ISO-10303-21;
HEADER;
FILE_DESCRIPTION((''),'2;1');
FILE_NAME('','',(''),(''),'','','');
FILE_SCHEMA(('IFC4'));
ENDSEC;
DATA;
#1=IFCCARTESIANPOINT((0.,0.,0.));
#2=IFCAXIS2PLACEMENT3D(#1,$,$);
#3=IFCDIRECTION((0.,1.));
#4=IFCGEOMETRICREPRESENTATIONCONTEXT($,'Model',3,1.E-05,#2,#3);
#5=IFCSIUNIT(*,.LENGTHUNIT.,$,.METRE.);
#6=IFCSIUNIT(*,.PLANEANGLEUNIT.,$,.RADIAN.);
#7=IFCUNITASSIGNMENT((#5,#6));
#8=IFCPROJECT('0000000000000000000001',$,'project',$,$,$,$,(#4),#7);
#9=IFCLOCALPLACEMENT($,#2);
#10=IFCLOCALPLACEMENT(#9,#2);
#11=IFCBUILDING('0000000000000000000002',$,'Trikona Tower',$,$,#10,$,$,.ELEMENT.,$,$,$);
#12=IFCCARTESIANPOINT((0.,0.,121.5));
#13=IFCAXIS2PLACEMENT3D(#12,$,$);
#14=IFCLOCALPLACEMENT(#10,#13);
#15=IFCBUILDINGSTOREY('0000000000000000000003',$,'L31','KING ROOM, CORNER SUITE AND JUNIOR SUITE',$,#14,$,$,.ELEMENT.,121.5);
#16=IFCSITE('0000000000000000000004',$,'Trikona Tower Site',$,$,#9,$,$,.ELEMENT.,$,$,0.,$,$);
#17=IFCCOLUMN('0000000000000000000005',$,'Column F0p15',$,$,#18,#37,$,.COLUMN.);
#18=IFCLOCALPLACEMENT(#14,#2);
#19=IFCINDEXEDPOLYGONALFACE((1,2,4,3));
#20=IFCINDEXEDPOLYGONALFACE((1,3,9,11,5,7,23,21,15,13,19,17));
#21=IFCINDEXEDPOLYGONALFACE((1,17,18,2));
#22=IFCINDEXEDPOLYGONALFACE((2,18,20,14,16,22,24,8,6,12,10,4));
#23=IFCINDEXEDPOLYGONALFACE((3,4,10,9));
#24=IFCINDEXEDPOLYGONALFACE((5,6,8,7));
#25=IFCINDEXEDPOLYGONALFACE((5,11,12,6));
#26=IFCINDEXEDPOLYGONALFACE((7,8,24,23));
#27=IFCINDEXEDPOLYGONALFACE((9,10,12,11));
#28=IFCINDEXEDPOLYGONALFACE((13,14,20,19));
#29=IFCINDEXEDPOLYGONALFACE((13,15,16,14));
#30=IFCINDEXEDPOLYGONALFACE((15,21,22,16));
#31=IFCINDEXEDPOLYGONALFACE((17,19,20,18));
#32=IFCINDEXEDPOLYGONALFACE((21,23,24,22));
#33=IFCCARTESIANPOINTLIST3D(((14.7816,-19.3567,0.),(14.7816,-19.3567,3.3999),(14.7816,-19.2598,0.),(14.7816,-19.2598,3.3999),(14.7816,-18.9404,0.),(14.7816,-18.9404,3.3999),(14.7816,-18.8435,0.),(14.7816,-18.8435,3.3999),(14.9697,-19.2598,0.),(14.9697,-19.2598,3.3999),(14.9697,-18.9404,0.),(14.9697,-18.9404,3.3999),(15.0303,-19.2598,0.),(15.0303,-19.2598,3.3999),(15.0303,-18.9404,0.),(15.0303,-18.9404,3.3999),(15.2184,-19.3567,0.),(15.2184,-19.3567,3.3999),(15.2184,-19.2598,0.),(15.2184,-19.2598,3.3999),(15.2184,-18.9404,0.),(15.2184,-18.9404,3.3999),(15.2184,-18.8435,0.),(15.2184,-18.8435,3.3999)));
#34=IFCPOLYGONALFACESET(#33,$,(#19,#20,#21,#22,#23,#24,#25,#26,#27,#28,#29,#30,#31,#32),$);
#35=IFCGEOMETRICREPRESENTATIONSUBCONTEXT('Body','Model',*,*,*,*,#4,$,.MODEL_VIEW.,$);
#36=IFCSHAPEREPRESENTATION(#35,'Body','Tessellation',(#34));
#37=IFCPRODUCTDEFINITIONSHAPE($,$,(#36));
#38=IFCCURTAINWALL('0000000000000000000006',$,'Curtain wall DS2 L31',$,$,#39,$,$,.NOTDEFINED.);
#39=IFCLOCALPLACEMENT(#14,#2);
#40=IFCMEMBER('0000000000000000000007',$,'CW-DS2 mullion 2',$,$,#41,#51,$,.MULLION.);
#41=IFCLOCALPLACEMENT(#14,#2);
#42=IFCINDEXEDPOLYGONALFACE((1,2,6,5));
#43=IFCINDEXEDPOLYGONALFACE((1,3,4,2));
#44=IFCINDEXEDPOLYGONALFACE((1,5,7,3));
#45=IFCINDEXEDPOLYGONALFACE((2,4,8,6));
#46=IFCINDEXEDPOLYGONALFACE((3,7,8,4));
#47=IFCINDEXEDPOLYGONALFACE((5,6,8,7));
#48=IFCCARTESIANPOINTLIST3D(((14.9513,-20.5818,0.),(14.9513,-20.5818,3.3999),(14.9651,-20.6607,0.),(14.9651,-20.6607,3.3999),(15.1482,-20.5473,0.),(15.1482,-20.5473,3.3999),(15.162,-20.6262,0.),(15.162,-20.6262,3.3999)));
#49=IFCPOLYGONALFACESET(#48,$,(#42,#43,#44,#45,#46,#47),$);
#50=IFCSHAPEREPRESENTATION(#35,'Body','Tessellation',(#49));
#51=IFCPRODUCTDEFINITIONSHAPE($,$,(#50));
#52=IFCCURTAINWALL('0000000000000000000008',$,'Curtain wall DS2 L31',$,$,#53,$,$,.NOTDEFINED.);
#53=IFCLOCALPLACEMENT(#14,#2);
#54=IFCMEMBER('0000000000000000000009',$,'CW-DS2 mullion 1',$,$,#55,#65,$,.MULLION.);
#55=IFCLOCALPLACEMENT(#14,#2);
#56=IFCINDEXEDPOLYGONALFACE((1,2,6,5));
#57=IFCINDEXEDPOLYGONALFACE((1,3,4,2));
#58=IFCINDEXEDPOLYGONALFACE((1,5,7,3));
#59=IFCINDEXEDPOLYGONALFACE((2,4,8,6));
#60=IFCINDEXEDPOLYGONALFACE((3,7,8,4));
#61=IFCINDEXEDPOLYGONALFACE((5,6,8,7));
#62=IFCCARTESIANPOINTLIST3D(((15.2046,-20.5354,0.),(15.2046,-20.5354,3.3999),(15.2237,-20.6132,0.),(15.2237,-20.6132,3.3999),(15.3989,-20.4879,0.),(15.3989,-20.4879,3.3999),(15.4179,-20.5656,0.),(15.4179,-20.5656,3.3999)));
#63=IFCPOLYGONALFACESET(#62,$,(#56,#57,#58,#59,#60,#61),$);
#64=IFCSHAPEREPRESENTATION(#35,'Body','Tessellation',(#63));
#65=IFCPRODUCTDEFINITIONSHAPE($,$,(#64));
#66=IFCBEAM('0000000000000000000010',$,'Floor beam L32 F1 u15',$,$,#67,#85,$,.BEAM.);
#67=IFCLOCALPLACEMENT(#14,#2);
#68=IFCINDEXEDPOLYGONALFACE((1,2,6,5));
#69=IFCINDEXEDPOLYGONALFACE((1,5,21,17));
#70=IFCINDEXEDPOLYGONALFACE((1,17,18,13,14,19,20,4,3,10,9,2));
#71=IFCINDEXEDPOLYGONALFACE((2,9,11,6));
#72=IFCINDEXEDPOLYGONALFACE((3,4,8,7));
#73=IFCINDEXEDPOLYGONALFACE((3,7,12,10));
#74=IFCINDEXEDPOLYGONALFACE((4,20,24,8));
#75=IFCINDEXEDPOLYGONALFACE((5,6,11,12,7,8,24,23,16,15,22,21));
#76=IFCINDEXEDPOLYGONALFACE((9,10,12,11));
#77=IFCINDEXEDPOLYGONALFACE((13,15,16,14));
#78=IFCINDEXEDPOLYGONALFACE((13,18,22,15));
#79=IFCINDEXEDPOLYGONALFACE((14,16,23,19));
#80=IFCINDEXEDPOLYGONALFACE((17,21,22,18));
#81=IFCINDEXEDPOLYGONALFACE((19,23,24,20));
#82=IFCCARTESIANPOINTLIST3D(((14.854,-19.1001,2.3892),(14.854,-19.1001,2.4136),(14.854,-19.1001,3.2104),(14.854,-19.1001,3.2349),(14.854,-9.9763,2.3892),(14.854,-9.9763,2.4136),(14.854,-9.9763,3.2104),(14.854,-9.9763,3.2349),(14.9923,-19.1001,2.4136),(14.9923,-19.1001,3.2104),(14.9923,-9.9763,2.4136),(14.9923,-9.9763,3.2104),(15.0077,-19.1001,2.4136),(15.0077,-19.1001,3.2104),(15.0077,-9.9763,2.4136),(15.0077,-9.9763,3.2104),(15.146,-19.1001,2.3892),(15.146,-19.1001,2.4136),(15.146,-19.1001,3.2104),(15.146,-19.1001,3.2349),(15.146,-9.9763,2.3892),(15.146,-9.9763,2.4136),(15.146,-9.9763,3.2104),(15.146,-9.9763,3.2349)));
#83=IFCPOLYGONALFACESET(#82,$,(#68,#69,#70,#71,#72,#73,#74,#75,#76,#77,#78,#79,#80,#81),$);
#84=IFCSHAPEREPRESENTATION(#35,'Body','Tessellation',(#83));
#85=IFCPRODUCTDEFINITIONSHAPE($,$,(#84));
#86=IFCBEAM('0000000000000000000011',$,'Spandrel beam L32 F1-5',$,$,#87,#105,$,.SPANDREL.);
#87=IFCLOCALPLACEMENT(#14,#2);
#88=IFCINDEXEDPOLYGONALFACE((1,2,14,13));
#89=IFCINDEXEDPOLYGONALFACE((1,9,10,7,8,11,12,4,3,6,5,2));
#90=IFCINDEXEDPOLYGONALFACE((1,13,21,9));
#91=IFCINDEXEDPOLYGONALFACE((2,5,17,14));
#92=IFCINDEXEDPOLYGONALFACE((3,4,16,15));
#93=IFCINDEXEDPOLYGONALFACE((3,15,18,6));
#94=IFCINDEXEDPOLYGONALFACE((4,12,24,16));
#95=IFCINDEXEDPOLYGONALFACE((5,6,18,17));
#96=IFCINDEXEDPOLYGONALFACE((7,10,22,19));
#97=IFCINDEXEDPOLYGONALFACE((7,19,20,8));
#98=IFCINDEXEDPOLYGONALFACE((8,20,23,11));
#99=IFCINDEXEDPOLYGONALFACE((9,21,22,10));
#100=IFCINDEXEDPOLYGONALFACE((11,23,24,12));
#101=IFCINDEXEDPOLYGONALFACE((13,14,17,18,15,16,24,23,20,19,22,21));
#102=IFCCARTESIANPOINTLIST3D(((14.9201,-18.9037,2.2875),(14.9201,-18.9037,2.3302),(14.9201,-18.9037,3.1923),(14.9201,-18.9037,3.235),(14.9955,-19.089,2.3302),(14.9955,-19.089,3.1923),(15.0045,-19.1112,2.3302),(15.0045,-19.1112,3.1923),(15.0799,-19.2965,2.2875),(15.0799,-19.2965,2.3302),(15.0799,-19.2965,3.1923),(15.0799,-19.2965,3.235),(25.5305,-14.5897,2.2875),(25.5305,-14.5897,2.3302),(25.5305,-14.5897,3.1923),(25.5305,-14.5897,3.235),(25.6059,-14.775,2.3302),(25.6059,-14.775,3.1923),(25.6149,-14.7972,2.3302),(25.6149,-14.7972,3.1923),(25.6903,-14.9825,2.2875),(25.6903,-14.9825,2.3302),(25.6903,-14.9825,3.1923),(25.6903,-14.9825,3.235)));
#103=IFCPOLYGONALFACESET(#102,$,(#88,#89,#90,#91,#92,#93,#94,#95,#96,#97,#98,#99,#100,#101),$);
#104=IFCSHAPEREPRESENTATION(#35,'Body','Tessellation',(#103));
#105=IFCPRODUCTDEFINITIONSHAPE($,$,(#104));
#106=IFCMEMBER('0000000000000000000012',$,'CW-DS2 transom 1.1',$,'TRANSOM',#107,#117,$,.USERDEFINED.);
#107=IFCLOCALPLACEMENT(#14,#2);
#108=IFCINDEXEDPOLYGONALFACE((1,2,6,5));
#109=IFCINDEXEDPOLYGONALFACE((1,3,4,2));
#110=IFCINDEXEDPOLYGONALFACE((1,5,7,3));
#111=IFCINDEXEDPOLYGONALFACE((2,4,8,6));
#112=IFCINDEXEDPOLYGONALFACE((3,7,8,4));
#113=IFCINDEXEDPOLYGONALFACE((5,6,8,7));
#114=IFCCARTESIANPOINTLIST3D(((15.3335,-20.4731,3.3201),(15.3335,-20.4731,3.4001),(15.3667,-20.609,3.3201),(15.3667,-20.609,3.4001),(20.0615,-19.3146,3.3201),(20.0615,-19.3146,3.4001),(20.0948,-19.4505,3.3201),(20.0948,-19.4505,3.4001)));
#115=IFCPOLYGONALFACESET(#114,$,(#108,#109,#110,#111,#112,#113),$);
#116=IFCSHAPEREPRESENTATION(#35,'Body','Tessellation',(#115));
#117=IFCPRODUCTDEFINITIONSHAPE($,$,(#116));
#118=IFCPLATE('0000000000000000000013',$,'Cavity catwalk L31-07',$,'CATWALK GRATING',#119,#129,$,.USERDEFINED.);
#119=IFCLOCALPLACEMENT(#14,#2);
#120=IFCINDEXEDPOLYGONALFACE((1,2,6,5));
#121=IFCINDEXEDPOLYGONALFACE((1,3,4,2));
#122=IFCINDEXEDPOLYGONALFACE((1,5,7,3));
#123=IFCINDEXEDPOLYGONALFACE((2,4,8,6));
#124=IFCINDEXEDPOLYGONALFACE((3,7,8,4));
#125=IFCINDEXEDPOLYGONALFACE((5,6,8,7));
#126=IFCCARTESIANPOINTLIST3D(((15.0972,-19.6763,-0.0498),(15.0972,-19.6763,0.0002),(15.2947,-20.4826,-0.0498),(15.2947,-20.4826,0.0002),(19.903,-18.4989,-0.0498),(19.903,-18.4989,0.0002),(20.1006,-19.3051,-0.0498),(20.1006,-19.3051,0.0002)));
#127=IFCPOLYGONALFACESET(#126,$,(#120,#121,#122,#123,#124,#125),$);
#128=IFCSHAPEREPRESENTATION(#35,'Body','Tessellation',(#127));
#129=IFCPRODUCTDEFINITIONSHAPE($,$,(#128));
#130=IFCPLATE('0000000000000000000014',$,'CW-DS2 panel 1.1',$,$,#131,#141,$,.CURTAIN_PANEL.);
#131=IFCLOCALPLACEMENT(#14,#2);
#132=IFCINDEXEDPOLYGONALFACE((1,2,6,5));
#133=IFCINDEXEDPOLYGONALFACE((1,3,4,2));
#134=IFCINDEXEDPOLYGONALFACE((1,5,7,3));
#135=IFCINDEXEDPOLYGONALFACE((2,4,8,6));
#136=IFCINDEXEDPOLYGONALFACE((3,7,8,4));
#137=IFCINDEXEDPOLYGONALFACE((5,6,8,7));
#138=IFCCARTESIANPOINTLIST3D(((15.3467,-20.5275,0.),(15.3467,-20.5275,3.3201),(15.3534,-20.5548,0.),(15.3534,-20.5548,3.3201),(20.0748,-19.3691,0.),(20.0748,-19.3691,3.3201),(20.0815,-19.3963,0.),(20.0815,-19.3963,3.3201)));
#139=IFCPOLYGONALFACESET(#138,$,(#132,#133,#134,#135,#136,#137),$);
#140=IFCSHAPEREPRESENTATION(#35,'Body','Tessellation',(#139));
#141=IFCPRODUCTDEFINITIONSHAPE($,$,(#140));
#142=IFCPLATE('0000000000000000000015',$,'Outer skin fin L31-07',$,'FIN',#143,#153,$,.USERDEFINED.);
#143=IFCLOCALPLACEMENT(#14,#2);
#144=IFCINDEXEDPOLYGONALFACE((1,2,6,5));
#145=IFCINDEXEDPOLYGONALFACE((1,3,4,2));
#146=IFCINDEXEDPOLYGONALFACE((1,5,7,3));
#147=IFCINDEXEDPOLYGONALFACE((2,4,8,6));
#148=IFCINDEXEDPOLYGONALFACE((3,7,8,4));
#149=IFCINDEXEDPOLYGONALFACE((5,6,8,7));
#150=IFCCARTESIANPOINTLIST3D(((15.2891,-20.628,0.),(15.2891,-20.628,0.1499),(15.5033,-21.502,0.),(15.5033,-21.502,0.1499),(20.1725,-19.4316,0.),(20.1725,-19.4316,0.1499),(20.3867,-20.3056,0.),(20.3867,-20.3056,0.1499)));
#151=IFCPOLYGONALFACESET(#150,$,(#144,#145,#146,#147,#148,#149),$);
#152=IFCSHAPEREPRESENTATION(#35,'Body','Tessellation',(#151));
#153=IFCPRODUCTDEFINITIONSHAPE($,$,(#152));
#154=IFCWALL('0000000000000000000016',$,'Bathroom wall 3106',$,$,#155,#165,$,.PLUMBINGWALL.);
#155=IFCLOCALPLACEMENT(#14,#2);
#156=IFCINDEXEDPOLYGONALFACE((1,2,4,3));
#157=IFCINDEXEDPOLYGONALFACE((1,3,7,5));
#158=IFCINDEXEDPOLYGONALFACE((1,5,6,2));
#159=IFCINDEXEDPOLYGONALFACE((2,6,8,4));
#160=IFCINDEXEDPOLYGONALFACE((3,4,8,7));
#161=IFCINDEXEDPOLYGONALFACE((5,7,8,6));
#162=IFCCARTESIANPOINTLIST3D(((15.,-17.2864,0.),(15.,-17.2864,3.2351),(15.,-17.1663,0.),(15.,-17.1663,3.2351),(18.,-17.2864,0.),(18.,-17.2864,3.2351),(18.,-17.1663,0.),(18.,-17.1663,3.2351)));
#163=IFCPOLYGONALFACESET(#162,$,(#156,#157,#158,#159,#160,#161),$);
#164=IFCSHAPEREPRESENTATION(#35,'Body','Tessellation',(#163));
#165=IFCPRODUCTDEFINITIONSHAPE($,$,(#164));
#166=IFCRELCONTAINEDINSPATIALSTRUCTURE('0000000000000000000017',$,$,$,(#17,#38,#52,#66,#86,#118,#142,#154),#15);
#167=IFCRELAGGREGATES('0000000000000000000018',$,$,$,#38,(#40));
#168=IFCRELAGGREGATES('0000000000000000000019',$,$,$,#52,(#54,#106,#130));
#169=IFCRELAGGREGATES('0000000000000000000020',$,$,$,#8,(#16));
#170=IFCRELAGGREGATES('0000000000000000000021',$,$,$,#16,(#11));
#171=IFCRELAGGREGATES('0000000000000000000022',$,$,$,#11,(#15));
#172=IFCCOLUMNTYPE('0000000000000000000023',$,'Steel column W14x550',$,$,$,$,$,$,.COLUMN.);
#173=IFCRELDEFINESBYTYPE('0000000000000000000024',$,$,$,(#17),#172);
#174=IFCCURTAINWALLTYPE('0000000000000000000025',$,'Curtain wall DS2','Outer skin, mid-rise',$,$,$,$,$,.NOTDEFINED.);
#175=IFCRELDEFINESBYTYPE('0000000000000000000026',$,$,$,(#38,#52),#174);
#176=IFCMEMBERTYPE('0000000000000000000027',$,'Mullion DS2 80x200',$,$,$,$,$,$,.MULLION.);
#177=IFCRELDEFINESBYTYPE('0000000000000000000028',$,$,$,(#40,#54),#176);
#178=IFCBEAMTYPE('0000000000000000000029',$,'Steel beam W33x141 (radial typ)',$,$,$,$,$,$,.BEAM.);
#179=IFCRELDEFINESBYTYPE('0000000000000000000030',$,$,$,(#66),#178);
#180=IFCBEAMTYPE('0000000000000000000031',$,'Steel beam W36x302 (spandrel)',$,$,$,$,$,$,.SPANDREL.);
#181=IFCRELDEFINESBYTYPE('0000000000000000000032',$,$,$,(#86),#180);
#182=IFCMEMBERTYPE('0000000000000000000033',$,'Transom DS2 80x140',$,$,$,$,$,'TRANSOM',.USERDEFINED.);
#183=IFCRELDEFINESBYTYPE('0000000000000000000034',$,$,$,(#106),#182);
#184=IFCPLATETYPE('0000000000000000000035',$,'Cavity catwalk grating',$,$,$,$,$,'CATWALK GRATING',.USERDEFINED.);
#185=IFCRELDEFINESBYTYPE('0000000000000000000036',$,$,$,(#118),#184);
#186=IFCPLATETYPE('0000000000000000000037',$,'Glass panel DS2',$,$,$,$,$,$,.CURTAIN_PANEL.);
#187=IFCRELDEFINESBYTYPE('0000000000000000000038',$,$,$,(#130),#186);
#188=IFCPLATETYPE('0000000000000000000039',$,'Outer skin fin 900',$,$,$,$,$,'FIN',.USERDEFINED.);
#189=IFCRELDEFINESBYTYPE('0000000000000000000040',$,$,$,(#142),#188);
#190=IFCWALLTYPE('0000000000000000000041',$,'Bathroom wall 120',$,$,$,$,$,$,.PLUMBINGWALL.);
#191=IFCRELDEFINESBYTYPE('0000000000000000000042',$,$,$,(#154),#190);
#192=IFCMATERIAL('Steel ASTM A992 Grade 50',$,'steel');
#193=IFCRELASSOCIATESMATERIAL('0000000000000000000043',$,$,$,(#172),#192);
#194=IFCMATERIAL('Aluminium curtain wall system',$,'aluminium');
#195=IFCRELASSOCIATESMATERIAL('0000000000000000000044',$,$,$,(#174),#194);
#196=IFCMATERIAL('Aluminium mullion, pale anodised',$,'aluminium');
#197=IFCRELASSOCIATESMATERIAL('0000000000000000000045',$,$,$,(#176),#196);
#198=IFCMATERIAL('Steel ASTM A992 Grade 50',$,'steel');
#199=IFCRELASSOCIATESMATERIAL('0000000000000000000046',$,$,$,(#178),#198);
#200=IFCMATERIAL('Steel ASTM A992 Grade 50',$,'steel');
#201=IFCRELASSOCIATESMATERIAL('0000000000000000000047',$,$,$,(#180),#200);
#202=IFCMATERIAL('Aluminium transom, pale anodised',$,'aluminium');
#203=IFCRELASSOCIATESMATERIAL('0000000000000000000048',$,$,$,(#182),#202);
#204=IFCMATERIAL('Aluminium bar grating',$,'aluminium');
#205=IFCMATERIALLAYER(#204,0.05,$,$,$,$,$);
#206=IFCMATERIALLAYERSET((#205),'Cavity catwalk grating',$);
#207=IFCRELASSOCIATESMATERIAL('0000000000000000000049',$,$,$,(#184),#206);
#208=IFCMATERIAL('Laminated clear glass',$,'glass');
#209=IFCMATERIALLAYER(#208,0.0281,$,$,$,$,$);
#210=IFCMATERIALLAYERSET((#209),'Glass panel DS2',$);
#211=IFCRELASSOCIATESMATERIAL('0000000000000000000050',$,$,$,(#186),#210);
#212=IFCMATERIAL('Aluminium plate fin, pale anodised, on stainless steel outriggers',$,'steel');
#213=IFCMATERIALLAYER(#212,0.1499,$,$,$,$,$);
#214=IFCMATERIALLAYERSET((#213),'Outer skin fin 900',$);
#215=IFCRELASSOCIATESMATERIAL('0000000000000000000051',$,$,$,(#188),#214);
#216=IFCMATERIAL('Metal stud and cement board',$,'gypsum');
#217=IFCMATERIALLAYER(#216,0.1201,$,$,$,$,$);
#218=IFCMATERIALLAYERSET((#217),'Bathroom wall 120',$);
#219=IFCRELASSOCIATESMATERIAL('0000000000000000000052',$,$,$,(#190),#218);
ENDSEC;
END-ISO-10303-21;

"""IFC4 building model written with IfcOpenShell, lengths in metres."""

from ifc_helpers import new_model, si_unit, direction, frame, frame_2d, origin, origin_2d, place, context, subcontext, project, spatial, rectangle, i_section, extrude, material, layer, layer_set, material_profile, profile_set, type_object, element, aggregate, save


model = new_model("IFC4")

# Units and contexts
model_context = context("Model", 3, precision=1e-05, world=origin(), true_north=direction((0.0, 1.0)))
body_context = subcontext(model_context, "Body", "Model", "MODEL_VIEW")
ifc_project = project(units=[si_unit("LENGTHUNIT", "METRE"), si_unit("PLANEANGLEUNIT", "RADIAN")], contexts=[model_context])

# Site, building, storey
site_placement = place(None, origin())
site = spatial("IfcSite", under=ifc_project, at=site_placement, Name="Trikona Tower Site", CompositionType="ELEMENT", RefElevation=0.0)
building_placement = place(site_placement, origin())
building = spatial("IfcBuilding", under=site, at=building_placement, Name="Trikona Tower", CompositionType="ELEMENT")
storey_placement = place(building_placement, frame((0.0, 0.0, 121.5)))
storey = spatial("IfcBuildingStorey", under=building, at=storey_placement, Name="L31", Description="KING ROOM, CORNER SUITE AND JUNIOR SUITE", CompositionType="ELEMENT", Elevation=121.5)

# Column
ifc_material_1 = material(Name="Steel ASTM A992 Grade 50", Category="steel")
ifc_material_profile_1 = material_profile(ifc_material_1, i_section(OverallWidth=0.4368, OverallDepth=0.5132, WebThickness=0.0605, FlangeThickness=0.0969, at=origin_2d()), Name="W14X550")
ifc_profile_set_1 = profile_set([ifc_material_profile_1], Name="Steel ASTM A992 Grade 50")
column_type = type_object("IfcColumnType", Name="Steel column W14x550", PredefinedType="COLUMN", material=ifc_profile_set_1)
column_placement = place(storey_placement, frame((15.0, -19.1001, 0.0), z_axis=(0.0, 0.0, 1.0), x_axis=(1.0, 0.0, 0.0)))
element("IfcColumn", 1, at=column_placement, inside=storey, type_object=column_type, Name="Column F0p15", PredefinedType="COLUMN", context=body_context, shape_type="SweptSolid", body=[
    extrude(i_section(OverallWidth=0.4368, OverallDepth=0.5132, WebThickness=0.0605, FlangeThickness=0.0969, at=origin_2d()), origin(), (0.0, 0.0, 1.0), 3.3999),
])

# Curtain walls, members
ifc_material_2 = material(Name="Aluminium curtain wall system", Category="aluminium")
curtain_wall_type = type_object("IfcCurtainWallType", Name="Curtain wall DS2", Description="Outer skin, mid-rise", PredefinedType="NOTDEFINED", material=ifc_material_2)
curtain_wall_1_placement = place(storey_placement, origin())
curtain_wall_1 = element("IfcCurtainWall", 2, at=curtain_wall_1_placement, inside=storey, type_object=curtain_wall_type, Name="Curtain wall DS2 L31", PredefinedType="NOTDEFINED")
ifc_material_3 = material(Name="Aluminium mullion, pale anodised", Category="aluminium")
ifc_material_profile_2 = material_profile(ifc_material_3, rectangle(XDim=0.0801, YDim=0.2, at=origin_2d()), Name="MUL-DS2")
ifc_profile_set_2 = profile_set([ifc_material_profile_2], Name="Aluminium mullion, pale anodised")
member_type_1 = type_object("IfcMemberType", Name="Mullion DS2 80x200", PredefinedType="MULLION", material=ifc_profile_set_2)
member_1_placement = place(storey_placement, frame((15.0566, -20.604, 0.0), z_axis=(0.0, 0.0, 1.0), x_axis=(-0.172377, 0.985031, 0.0)))
member_1 = element("IfcMember", 3, at=member_1_placement, type_object=member_type_1, Name="CW-DS2 mullion 2", PredefinedType="MULLION", context=body_context, shape_type="SweptSolid", body=[
    extrude(rectangle(XDim=0.0801, YDim=0.2, at=origin_2d()), origin(), (0.0, 0.0, 1.0), 3.3999),
])
aggregate(curtain_wall_1, [member_1])
curtain_wall_2_placement = place(storey_placement, origin())
curtain_wall_2 = element("IfcCurtainWall", 4, at=curtain_wall_2_placement, inside=storey, type_object=curtain_wall_type, Name="Curtain wall DS2 L31", PredefinedType="NOTDEFINED")
member_2_placement = place(storey_placement, frame((15.3113, -20.5505, 0.0), z_axis=(0.0, 0.0, 1.0), x_axis=(-0.23797, 0.971272, 0.0)))
member_2 = element("IfcMember", 5, at=member_2_placement, type_object=member_type_1, Name="CW-DS2 mullion 1", PredefinedType="MULLION", context=body_context, shape_type="SweptSolid", body=[
    extrude(rectangle(XDim=0.0801, YDim=0.2, at=origin_2d()), origin(), (0.0, 0.0, 1.0), 3.3999),
])

# Beams
ifc_material_4 = material(Name="Steel ASTM A992 Grade 50", Category="steel")
ifc_material_profile_3 = material_profile(ifc_material_4, i_section(OverallWidth=0.292, OverallDepth=0.8457, WebThickness=0.0154, FlangeThickness=0.0244, at=origin_2d()), Name="W33X141")
ifc_profile_set_3 = profile_set([ifc_material_profile_3], Name="Steel ASTM A992 Grade 50")
beam_type_1 = type_object("IfcBeamType", Name="Steel beam W33x141 (radial typ)", PredefinedType="BEAM", material=ifc_profile_set_3)
beam_1_placement = place(storey_placement, frame((15.0, -9.9763, 2.812), z_axis=(0.0, -1.0, 0.0), x_axis=(1.0, 0.0, 0.0)))
element("IfcBeam", 6, at=beam_1_placement, inside=storey, type_object=beam_type_1, Name="Floor beam L32 F1 u15", PredefinedType="BEAM", context=body_context, shape_type="SweptSolid", body=[
    extrude(i_section(OverallWidth=0.292, OverallDepth=0.8457, WebThickness=0.0154, FlangeThickness=0.0244, at=origin_2d()), origin(), (0.0, 0.0, 1.0), 9.1238),
])
ifc_material_5 = material(Name="Steel ASTM A992 Grade 50", Category="steel")
ifc_material_profile_4 = material_profile(ifc_material_5, i_section(OverallWidth=0.4241, OverallDepth=0.9475, WebThickness=0.0239, FlangeThickness=0.0427, at=origin_2d()), Name="W36X302")
ifc_profile_set_4 = profile_set([ifc_material_profile_4], Name="Steel ASTM A992 Grade 50")
beam_type_2 = type_object("IfcBeamType", Name="Steel beam W36x302 (spandrel)", PredefinedType="SPANDREL", material=ifc_profile_set_4)
beam_2_placement = place(storey_placement, frame((15.0, -19.1001, 2.7612), z_axis=(0.92636, 0.37664, 0.0), x_axis=(-0.37664, 0.92636, 0.0)))
element("IfcBeam", 7, at=beam_2_placement, inside=storey, type_object=beam_type_2, Name="Spandrel beam L32 F1-5", PredefinedType="SPANDREL", context=body_context, shape_type="SweptSolid", body=[
    extrude(i_section(OverallWidth=0.4241, OverallDepth=0.9475, WebThickness=0.0239, FlangeThickness=0.0427, at=origin_2d()), origin(), (0.0, 0.0, 1.0), 11.4539),
])

# Member
ifc_material_6 = material(Name="Aluminium transom, pale anodised", Category="aluminium")
ifc_material_profile_5 = material_profile(ifc_material_6, rectangle(XDim=0.1399, YDim=0.0801, at=origin_2d()), Name="TRN-DS2")
ifc_profile_set_5 = profile_set([ifc_material_profile_5], Name="Aluminium transom, pale anodised")
member_type_2 = type_object("IfcMemberType", Name="Transom DS2 80x140", ElementType="TRANSOM", PredefinedType="USERDEFINED", material=ifc_profile_set_5)
member_3_placement = place(storey_placement, frame((15.3501, -20.541, 3.3601), z_axis=(0.971271, 0.237978, 0.0), x_axis=(-0.237978, 0.971271, 0.0)))
member_3 = element("IfcMember", 8, at=member_3_placement, type_object=member_type_2, Name="CW-DS2 transom 1.1", ObjectType="TRANSOM", PredefinedType="USERDEFINED", context=body_context, shape_type="SweptSolid", body=[
    extrude(rectangle(XDim=0.1399, YDim=0.0801, at=origin_2d()), origin(), (0.0, 0.0, 1.0), 4.8679),
])

# Plates
ifc_material_7 = material(Name="Aluminium bar grating", Category="aluminium")
ifc_layer_1 = layer(ifc_material_7, 0.05)
ifc_layer_set_1 = layer_set([ifc_layer_1], Name="Cavity catwalk grating")
plate_type_1 = type_object("IfcPlateType", Name="Cavity catwalk grating", ElementType="CATWALK GRATING", PredefinedType="USERDEFINED", material=ifc_layer_set_1)
plate_1_placement = place(storey_placement, frame((17.5989, -19.4907, -0.0498), z_axis=(0.0, 0.0, 1.0), x_axis=(0.971274, 0.237962, 0.0)))
element("IfcPlate", 9, at=plate_1_placement, inside=storey, type_object=plate_type_1, Name="Cavity catwalk L31-07", ObjectType="CATWALK GRATING", PredefinedType="USERDEFINED", context=body_context, shape_type="SweptSolid", body=[
    extrude(rectangle(XDim=4.948, YDim=0.8301, at=origin_2d()), origin(), (0.0, 0.0, 1.0), 0.05),
])
ifc_material_8 = material(Name="Laminated clear glass", Category="glass")
ifc_layer_2 = layer(ifc_material_8, 0.0281)
ifc_layer_set_2 = layer_set([ifc_layer_2], Name="Glass panel DS2")
plate_type_2 = type_object("IfcPlateType", Name="Glass panel DS2", PredefinedType="CURTAIN_PANEL", material=ifc_layer_set_2)
plate_2_placement = place(storey_placement, frame((17.7141, -19.9619, 0.0), z_axis=(0.0, 0.0, 1.0), x_axis=(0.971272, 0.23797, 0.0)))
plate_2 = element("IfcPlate", 10, at=plate_2_placement, type_object=plate_type_2, Name="CW-DS2 panel 1.1", PredefinedType="CURTAIN_PANEL", context=body_context, shape_type="SweptSolid", body=[
    extrude(rectangle(XDim=4.8679, YDim=0.0281, at=origin_2d()), origin(), (0.0, 0.0, 1.0), 3.3201),
])
aggregate(curtain_wall_2, [member_2, member_3, plate_2])
ifc_material_9 = material(Name="Aluminium plate fin, pale anodised, on stainless steel outriggers", Category="steel")
ifc_layer_3 = layer(ifc_material_9, 0.1499)
ifc_layer_set_3 = layer_set([ifc_layer_3], Name="Outer skin fin 900")
plate_type_3 = type_object("IfcPlateType", Name="Outer skin fin 900", ElementType="FIN", PredefinedType="USERDEFINED", material=ifc_layer_set_3)
plate_3_placement = place(storey_placement, frame((17.8379, -20.4668, 0.0), z_axis=(0.0, 0.0, 1.0), x_axis=(0.971274, 0.237962, 0.0)))
element("IfcPlate", 11, at=plate_3_placement, inside=storey, type_object=plate_type_3, Name="Outer skin fin L31-07", ObjectType="FIN", PredefinedType="USERDEFINED", context=body_context, shape_type="SweptSolid", body=[
    extrude(rectangle(XDim=5.0278, YDim=0.8999, at=origin_2d()), origin(), (0.0, 0.0, 1.0), 0.1499),
])

# Wall
ifc_material_10 = material(Name="Metal stud and cement board", Category="gypsum")
ifc_layer_4 = layer(ifc_material_10, 0.1201)
ifc_layer_set_4 = layer_set([ifc_layer_4], Name="Bathroom wall 120")
wall_type_1 = type_object("IfcWallType", Name="Bathroom wall 120", PredefinedType="PLUMBINGWALL", material=ifc_layer_set_4)
wall_1_placement = place(storey_placement, frame((15.0, -17.2263, 0.0), z_axis=(0.0, 0.0, 1.0), x_axis=(1.0, 0.0, 0.0)))
element("IfcWall", 12, at=wall_1_placement, inside=storey, type_object=wall_type_1, Name="Bathroom wall 3106", PredefinedType="PLUMBINGWALL", context=body_context, shape_type="SweptSolid", body=[
    extrude(rectangle(XDim=3.0, YDim=0.1201, at=frame_2d((1.5, 0.0))), origin(), (0.0, 0.0, 1.0), 3.2351),
])

save(model, "model.ifc")
